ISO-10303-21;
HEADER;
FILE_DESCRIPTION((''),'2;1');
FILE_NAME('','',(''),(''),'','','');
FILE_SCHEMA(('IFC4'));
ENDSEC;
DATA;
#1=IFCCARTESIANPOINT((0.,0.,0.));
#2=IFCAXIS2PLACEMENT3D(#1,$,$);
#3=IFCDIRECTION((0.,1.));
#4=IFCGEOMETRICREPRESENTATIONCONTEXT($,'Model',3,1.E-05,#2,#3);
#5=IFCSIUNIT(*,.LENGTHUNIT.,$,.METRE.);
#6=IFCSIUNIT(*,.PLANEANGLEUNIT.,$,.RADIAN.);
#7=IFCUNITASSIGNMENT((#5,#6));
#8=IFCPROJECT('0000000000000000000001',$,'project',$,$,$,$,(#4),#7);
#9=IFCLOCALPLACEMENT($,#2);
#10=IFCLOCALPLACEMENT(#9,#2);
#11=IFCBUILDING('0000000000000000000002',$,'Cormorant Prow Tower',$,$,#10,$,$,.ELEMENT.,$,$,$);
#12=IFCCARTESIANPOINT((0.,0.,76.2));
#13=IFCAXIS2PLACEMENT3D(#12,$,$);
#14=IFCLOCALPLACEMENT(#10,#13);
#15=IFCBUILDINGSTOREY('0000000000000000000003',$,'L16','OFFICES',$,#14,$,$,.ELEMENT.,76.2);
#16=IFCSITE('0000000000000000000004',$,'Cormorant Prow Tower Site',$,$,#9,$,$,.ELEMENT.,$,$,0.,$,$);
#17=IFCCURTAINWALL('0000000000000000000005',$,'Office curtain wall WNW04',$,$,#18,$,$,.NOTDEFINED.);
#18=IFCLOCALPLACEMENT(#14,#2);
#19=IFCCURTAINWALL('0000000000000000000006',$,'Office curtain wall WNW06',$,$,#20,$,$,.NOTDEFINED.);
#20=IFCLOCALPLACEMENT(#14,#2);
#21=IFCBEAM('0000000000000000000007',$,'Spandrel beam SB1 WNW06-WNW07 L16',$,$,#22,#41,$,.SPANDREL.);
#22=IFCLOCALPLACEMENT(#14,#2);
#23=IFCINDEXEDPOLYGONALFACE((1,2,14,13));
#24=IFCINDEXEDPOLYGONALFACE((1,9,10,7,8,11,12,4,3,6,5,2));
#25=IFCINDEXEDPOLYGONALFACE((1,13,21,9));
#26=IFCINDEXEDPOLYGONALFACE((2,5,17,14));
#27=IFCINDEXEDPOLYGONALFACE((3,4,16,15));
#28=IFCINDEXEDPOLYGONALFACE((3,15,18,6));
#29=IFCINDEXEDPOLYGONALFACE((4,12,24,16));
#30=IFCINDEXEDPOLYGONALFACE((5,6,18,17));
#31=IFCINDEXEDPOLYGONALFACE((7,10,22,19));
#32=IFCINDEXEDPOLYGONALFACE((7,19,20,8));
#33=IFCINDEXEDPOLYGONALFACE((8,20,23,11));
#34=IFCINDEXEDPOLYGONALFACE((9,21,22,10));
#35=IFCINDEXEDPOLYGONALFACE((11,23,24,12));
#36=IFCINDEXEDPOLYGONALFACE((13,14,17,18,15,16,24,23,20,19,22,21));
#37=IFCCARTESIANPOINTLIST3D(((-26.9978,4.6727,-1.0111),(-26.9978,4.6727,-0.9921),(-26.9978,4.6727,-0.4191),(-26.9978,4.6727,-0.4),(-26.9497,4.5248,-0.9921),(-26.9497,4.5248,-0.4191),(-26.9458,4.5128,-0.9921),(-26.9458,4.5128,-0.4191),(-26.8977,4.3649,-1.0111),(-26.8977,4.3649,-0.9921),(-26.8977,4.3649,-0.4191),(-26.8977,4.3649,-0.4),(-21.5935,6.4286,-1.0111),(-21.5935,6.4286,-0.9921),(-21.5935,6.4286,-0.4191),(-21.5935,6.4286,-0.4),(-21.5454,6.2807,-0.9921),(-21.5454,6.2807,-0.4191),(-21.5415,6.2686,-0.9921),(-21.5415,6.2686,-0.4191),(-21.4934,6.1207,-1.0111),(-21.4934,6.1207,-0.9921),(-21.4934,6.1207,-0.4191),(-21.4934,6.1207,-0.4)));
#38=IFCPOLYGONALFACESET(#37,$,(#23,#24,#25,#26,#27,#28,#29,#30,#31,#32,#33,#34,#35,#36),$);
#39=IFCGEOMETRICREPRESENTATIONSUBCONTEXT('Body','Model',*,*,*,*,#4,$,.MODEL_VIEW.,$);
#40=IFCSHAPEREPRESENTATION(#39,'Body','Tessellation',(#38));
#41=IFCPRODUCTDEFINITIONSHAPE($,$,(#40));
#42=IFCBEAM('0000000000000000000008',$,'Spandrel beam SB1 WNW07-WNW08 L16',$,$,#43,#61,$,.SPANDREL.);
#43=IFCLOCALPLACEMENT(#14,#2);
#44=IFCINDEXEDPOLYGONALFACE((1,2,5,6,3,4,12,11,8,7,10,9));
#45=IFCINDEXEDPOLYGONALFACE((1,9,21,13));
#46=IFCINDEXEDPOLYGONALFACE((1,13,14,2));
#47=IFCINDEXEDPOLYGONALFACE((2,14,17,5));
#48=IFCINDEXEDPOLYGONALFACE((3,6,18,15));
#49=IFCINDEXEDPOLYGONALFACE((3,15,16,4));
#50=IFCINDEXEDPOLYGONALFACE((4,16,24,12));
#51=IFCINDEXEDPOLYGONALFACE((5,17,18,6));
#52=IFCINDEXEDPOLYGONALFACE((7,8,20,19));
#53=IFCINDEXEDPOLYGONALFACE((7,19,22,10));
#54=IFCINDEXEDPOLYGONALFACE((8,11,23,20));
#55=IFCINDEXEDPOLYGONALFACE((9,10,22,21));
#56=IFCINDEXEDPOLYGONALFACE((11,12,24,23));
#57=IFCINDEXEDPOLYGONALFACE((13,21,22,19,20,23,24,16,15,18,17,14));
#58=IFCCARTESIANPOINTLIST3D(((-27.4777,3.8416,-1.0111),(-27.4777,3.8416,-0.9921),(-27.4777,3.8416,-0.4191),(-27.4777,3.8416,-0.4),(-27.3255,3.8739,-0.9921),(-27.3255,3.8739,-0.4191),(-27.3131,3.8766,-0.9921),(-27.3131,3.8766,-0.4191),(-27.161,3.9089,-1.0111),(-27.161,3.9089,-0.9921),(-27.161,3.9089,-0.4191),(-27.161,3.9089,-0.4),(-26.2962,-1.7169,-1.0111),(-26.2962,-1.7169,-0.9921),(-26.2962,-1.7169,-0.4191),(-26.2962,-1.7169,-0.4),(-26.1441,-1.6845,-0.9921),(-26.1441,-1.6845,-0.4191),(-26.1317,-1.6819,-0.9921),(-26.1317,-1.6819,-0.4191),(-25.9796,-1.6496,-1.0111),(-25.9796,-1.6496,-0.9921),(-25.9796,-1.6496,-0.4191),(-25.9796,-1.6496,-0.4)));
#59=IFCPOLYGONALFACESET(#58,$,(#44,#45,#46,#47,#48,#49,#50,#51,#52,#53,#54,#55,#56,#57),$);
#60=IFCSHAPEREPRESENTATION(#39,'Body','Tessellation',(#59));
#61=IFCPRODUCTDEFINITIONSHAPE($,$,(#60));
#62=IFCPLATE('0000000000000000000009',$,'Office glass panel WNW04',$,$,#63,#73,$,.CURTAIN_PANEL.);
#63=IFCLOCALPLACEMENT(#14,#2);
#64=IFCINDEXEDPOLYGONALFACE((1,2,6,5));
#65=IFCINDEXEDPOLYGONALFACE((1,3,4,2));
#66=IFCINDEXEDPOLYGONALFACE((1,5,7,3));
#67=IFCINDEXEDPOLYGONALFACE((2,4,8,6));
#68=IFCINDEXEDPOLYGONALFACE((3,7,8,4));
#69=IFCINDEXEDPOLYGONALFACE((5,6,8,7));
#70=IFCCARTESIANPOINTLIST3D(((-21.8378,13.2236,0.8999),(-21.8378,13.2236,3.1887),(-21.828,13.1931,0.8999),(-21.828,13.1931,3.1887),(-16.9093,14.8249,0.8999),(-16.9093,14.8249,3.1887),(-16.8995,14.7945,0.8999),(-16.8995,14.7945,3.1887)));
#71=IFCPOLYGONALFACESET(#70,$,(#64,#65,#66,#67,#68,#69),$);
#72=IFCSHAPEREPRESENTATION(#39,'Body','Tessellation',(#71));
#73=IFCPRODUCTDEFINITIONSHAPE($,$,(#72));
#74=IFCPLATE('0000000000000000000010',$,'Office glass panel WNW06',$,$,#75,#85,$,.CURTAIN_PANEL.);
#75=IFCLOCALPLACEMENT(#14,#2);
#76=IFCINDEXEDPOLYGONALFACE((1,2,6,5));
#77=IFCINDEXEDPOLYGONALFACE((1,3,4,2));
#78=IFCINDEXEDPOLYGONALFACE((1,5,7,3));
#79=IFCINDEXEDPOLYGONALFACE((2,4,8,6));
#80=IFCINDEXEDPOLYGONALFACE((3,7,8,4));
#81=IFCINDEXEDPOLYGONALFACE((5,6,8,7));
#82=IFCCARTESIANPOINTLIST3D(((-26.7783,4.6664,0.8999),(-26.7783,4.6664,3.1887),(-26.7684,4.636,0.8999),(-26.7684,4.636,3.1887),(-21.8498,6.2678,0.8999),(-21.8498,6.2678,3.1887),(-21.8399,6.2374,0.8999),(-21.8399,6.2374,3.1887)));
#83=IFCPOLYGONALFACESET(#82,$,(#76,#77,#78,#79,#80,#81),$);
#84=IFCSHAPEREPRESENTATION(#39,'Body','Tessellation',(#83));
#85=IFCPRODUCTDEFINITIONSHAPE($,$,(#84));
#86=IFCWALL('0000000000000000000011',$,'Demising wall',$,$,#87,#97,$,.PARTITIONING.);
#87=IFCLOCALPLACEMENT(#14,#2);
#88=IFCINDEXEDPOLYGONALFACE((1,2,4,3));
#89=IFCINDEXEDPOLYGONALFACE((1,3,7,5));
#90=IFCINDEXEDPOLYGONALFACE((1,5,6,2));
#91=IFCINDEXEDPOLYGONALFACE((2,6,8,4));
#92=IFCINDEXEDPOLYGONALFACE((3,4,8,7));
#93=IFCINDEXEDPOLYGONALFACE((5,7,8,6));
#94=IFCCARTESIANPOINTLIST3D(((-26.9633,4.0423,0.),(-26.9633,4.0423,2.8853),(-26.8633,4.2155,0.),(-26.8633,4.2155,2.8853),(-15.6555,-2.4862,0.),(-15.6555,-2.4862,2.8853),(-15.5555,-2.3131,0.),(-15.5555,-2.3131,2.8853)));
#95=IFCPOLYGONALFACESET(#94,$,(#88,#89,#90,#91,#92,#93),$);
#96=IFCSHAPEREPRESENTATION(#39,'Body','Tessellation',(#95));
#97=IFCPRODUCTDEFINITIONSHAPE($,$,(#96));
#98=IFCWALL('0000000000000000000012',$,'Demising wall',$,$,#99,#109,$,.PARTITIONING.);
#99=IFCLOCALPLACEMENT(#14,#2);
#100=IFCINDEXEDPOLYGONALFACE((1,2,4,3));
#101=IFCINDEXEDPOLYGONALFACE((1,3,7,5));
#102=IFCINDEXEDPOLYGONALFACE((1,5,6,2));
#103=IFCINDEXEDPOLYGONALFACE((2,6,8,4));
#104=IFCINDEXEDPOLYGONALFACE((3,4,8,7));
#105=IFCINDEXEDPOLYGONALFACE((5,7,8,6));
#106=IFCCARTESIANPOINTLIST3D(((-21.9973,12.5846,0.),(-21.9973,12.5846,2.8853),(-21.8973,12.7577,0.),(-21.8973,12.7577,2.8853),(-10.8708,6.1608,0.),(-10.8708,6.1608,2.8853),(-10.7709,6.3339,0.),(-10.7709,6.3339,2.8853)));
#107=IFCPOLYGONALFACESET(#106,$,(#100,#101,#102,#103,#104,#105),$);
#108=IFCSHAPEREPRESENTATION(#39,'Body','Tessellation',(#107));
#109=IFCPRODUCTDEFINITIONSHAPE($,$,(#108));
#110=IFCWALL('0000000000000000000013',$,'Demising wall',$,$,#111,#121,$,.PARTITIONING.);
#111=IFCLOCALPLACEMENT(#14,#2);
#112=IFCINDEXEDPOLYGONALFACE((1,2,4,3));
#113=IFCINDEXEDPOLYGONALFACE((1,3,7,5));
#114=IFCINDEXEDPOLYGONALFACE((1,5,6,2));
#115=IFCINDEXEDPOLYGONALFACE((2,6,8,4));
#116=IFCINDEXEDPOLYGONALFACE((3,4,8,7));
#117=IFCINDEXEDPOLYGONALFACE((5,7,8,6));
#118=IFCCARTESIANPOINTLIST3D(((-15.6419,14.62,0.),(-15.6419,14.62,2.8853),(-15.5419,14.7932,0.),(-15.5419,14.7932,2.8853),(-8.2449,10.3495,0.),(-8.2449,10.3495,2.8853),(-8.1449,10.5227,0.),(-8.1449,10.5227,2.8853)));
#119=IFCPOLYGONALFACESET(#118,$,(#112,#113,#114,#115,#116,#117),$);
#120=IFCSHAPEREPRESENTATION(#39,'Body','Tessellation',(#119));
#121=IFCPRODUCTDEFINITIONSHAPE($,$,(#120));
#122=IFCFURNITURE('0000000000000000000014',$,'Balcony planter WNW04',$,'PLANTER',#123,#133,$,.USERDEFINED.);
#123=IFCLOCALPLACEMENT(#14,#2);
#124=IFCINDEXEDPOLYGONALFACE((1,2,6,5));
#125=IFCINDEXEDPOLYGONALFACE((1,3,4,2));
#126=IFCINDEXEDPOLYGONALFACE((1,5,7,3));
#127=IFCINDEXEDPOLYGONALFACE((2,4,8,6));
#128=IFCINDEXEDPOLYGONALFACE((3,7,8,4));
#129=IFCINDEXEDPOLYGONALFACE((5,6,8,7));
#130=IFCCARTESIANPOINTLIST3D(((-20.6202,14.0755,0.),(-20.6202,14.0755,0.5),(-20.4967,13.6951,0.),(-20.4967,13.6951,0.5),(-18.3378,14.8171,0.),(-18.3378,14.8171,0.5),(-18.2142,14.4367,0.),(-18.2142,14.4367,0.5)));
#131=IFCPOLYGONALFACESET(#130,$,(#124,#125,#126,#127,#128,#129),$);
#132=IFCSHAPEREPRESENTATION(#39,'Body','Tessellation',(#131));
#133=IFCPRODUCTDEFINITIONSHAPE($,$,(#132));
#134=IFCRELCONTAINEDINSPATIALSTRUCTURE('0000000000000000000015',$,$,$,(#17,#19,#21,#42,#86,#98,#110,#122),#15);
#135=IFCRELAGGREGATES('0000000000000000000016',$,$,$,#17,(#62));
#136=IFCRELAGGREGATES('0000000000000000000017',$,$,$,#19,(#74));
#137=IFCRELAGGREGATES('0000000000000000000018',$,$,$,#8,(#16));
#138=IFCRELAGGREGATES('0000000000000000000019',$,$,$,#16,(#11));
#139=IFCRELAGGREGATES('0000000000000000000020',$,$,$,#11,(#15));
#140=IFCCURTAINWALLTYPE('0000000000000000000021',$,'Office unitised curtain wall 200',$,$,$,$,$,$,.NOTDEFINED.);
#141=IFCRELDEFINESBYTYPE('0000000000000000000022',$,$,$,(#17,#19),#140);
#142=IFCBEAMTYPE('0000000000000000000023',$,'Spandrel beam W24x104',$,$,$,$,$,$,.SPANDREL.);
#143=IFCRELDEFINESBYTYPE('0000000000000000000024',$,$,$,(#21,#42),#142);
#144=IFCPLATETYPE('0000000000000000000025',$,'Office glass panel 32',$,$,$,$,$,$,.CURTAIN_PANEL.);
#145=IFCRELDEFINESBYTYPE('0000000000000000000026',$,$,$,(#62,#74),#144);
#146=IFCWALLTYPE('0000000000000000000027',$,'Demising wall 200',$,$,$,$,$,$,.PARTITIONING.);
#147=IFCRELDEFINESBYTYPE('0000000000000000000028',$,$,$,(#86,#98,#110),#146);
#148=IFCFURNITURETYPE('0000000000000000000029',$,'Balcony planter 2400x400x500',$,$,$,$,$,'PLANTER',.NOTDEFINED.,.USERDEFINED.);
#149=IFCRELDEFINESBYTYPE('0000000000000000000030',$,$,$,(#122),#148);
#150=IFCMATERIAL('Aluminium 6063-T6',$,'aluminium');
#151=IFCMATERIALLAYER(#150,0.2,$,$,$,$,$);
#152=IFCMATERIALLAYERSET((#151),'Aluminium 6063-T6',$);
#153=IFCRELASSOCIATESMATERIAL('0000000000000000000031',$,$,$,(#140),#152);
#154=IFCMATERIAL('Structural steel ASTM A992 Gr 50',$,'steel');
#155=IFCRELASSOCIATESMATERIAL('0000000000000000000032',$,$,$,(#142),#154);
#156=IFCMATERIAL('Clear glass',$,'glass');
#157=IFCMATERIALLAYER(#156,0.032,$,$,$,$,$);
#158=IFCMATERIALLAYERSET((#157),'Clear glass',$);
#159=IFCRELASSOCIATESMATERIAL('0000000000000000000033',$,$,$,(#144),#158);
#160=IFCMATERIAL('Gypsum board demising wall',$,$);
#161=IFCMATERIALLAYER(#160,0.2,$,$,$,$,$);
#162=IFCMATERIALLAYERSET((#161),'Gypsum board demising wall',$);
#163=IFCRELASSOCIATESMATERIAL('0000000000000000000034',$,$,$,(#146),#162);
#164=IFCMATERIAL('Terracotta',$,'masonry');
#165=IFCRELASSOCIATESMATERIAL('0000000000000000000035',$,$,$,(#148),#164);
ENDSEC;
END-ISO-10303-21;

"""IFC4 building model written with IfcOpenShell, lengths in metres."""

from ifc_helpers import new_model, si_unit, direction, frame, frame_2d, origin, origin_2d, place, context, subcontext, project, spatial, rectangle, i_section, extrude, material, layer, layer_set, material_profile, profile_set, type_object, element, aggregate, save


model = new_model("IFC4")

# Units and contexts
model_context = context("Model", 3, precision=1e-05, world=origin(), true_north=direction((0.0, 1.0)))
body_context = subcontext(model_context, "Body", "Model", "MODEL_VIEW")
ifc_project = project(units=[si_unit("LENGTHUNIT", "METRE"), si_unit("PLANEANGLEUNIT", "RADIAN")], contexts=[model_context])

# Site, building, storey
site_placement = place(None, origin())
site = spatial("IfcSite", under=ifc_project, at=site_placement, Name="Cormorant Prow Tower Site", CompositionType="ELEMENT", RefElevation=0.0)
building_placement = place(site_placement, origin())
building = spatial("IfcBuilding", under=site, at=building_placement, Name="Cormorant Prow Tower", CompositionType="ELEMENT")
storey_placement = place(building_placement, frame((0.0, 0.0, 76.2)))
storey = spatial("IfcBuildingStorey", under=building, at=storey_placement, Name="L16", Description="OFFICES", CompositionType="ELEMENT", Elevation=76.2)

# Curtain walls
ifc_material_1 = material(Name="Aluminium 6063-T6", Category="aluminium")
ifc_layer_1 = layer(ifc_material_1, 0.2)
ifc_layer_set_1 = layer_set([ifc_layer_1], Name="Aluminium 6063-T6")
curtain_wall_type = type_object("IfcCurtainWallType", Name="Office unitised curtain wall 200", PredefinedType="NOTDEFINED", material=ifc_layer_set_1)
curtain_wall_1_placement = place(storey_placement, origin())
curtain_wall_1 = element("IfcCurtainWall", 1, at=curtain_wall_1_placement, inside=storey, type_object=curtain_wall_type, Name="Office curtain wall WNW04", PredefinedType="NOTDEFINED")
curtain_wall_2_placement = place(storey_placement, origin())
curtain_wall_2 = element("IfcCurtainWall", 2, at=curtain_wall_2_placement, inside=storey, type_object=curtain_wall_type, Name="Office curtain wall WNW06", PredefinedType="NOTDEFINED")

# Beams
ifc_material_2 = material(Name="Structural steel ASTM A992 Gr 50", Category="steel")
ifc_material_profile_1 = material_profile(ifc_material_2, i_section(OverallWidth=0.3237, OverallDepth=0.6111, WebThickness=0.0127, FlangeThickness=0.019, at=origin_2d()), Name="W24x104")
ifc_profile_set_1 = profile_set([ifc_material_profile_1], Name="Structural steel ASTM A992 Gr 50")
beam_type_1 = type_object("IfcBeamType", Name="Spandrel beam W24x104", PredefinedType="SPANDREL", material=ifc_profile_set_1)
beam_1_placement = place(storey_placement, frame((-21.5435, 6.2747, -0.7056), z_axis=(-0.951062, -0.309001, 0.0), x_axis=(0.309001, -0.951062, 0.0)))
element("IfcBeam", 3, at=beam_1_placement, inside=storey, type_object=beam_type_1, Name="Spandrel beam SB1 WNW06-WNW07 L16", PredefinedType="SPANDREL", context=body_context, shape_type="SweptSolid", body=[
    extrude(i_section(OverallWidth=0.3237, OverallDepth=0.6111, WebThickness=0.0127, FlangeThickness=0.019, at=origin_2d()), origin(), (0.0, 0.0, 1.0), 5.6824),
])
beam_2_placement = place(storey_placement, frame((-27.3193, 3.8752, -0.7056), z_axis=(0.2079, -0.97815, 0.0), x_axis=(0.97815, 0.2079, 0.0)))
element("IfcBeam", 4, at=beam_2_placement, inside=storey, type_object=beam_type_1, Name="Spandrel beam SB1 WNW07-WNW08 L16", PredefinedType="SPANDREL", context=body_context, shape_type="SweptSolid", body=[
    extrude(i_section(OverallWidth=0.3237, OverallDepth=0.6111, WebThickness=0.0127, FlangeThickness=0.019, at=origin_2d()), origin(), (0.0, 0.0, 1.0), 5.6826),
])

# Plates
ifc_material_3 = material(Name="Clear glass", Category="glass")
ifc_layer_2 = layer(ifc_material_3, 0.032)
ifc_layer_set_2 = layer_set([ifc_layer_2], Name="Clear glass")
plate_type = type_object("IfcPlateType", Name="Office glass panel 32", PredefinedType="CURTAIN_PANEL", material=ifc_layer_set_2)
plate_1_placement = place(storey_placement, frame((-19.3687, 14.009, 0.8999), z_axis=(0.0, 0.0, 1.0), x_axis=(-0.951057, -0.309017, 0.0)))
plate_1 = element("IfcPlate", 5, at=plate_1_placement, type_object=plate_type, Name="Office glass panel WNW04", PredefinedType="CURTAIN_PANEL", context=body_context, shape_type="SweptSolid", body=[
    extrude(rectangle(XDim=5.1821, YDim=0.032, at=origin_2d()), origin(), (0.0, 0.0, 1.0), 2.2888),
])
aggregate(curtain_wall_1, [plate_1])
plate_2_placement = place(storey_placement, frame((-24.3091, 5.4519, 0.8999), z_axis=(0.0, 0.0, 1.0), x_axis=(-0.951057, -0.309017, 0.0)))
plate_2 = element("IfcPlate", 6, at=plate_2_placement, type_object=plate_type, Name="Office glass panel WNW06", PredefinedType="CURTAIN_PANEL", context=body_context, shape_type="SweptSolid", body=[
    extrude(rectangle(XDim=5.1821, YDim=0.032, at=origin_2d()), origin(), (0.0, 0.0, 1.0), 2.2888),
])
aggregate(curtain_wall_2, [plate_2])

# Walls
ifc_material_4 = material(Name="Gypsum board demising wall")
ifc_layer_3 = layer(ifc_material_4, 0.2)
ifc_layer_set_3 = layer_set([ifc_layer_3], Name="Gypsum board demising wall")
wall_type_1 = type_object("IfcWallType", Name="Demising wall 200", PredefinedType="PARTITIONING", material=ifc_layer_set_3)
wall_1_placement = place(storey_placement, frame((-26.9133, 4.1289, 0.0), z_axis=(0.0, 0.0, 1.0), x_axis=(0.866026, -0.499998, 0.0)))
element("IfcWall", 7, at=wall_1_placement, inside=storey, type_object=wall_type_1, Name="Demising wall", PredefinedType="PARTITIONING", context=body_context, shape_type="SweptSolid", body=[
    extrude(rectangle(XDim=13.0571, YDim=0.2, at=frame_2d((6.5286, 0.0))), origin(), (0.0, 0.0, 1.0), 2.8853),
])
wall_2_placement = place(storey_placement, frame((-21.9473, 12.6711, 0.0), z_axis=(0.0, 0.0, 1.0), x_axis=(0.866027, -0.499998, 0.0)))
element("IfcWall", 8, at=wall_2_placement, inside=storey, type_object=wall_type_1, Name="Demising wall", PredefinedType="PARTITIONING", context=body_context, shape_type="SweptSolid", body=[
    extrude(rectangle(XDim=12.8477, YDim=0.2, at=frame_2d((6.4238, 0.0))), origin(), (0.0, 0.0, 1.0), 2.8853),
])
wall_3_placement = place(storey_placement, frame((-15.5918, 14.7065, 0.0), z_axis=(0.0, 0.0, 1.0), x_axis=(0.866032, -0.499988, 0.0)))
element("IfcWall", 9, at=wall_3_placement, inside=storey, type_object=wall_type_1, Name="Demising wall", PredefinedType="PARTITIONING", context=body_context, shape_type="SweptSolid", body=[
    extrude(rectangle(XDim=8.5413, YDim=0.2, at=frame_2d((4.2705, 0.0))), origin(), (0.0, 0.0, 1.0), 2.8853),
])

# Furniture
ifc_material_5 = material(Name="Terracotta", Category="masonry")
furniture_type = type_object("IfcFurnitureType", Name="Balcony planter 2400x400x500", ElementType="PLANTER", AssemblyPlace="NOTDEFINED", PredefinedType="USERDEFINED", material=ifc_material_5)
furniture_placement = place(storey_placement, frame((-19.4172, 14.2561, 0.0), z_axis=(0.0, 0.0, 1.0), x_axis=(-0.951057, -0.309017, 0.0)))
element("IfcFurniture", 10, at=furniture_placement, inside=storey, type_object=furniture_type, Name="Balcony planter WNW04", ObjectType="PLANTER", PredefinedType="USERDEFINED", context=body_context, shape_type="SweptSolid", body=[
    extrude(rectangle(XDim=2.3999, YDim=0.3999, at=origin_2d()), origin(), (0.0, 0.0, 1.0), 0.5),
])

save(model, "model.ifc")
